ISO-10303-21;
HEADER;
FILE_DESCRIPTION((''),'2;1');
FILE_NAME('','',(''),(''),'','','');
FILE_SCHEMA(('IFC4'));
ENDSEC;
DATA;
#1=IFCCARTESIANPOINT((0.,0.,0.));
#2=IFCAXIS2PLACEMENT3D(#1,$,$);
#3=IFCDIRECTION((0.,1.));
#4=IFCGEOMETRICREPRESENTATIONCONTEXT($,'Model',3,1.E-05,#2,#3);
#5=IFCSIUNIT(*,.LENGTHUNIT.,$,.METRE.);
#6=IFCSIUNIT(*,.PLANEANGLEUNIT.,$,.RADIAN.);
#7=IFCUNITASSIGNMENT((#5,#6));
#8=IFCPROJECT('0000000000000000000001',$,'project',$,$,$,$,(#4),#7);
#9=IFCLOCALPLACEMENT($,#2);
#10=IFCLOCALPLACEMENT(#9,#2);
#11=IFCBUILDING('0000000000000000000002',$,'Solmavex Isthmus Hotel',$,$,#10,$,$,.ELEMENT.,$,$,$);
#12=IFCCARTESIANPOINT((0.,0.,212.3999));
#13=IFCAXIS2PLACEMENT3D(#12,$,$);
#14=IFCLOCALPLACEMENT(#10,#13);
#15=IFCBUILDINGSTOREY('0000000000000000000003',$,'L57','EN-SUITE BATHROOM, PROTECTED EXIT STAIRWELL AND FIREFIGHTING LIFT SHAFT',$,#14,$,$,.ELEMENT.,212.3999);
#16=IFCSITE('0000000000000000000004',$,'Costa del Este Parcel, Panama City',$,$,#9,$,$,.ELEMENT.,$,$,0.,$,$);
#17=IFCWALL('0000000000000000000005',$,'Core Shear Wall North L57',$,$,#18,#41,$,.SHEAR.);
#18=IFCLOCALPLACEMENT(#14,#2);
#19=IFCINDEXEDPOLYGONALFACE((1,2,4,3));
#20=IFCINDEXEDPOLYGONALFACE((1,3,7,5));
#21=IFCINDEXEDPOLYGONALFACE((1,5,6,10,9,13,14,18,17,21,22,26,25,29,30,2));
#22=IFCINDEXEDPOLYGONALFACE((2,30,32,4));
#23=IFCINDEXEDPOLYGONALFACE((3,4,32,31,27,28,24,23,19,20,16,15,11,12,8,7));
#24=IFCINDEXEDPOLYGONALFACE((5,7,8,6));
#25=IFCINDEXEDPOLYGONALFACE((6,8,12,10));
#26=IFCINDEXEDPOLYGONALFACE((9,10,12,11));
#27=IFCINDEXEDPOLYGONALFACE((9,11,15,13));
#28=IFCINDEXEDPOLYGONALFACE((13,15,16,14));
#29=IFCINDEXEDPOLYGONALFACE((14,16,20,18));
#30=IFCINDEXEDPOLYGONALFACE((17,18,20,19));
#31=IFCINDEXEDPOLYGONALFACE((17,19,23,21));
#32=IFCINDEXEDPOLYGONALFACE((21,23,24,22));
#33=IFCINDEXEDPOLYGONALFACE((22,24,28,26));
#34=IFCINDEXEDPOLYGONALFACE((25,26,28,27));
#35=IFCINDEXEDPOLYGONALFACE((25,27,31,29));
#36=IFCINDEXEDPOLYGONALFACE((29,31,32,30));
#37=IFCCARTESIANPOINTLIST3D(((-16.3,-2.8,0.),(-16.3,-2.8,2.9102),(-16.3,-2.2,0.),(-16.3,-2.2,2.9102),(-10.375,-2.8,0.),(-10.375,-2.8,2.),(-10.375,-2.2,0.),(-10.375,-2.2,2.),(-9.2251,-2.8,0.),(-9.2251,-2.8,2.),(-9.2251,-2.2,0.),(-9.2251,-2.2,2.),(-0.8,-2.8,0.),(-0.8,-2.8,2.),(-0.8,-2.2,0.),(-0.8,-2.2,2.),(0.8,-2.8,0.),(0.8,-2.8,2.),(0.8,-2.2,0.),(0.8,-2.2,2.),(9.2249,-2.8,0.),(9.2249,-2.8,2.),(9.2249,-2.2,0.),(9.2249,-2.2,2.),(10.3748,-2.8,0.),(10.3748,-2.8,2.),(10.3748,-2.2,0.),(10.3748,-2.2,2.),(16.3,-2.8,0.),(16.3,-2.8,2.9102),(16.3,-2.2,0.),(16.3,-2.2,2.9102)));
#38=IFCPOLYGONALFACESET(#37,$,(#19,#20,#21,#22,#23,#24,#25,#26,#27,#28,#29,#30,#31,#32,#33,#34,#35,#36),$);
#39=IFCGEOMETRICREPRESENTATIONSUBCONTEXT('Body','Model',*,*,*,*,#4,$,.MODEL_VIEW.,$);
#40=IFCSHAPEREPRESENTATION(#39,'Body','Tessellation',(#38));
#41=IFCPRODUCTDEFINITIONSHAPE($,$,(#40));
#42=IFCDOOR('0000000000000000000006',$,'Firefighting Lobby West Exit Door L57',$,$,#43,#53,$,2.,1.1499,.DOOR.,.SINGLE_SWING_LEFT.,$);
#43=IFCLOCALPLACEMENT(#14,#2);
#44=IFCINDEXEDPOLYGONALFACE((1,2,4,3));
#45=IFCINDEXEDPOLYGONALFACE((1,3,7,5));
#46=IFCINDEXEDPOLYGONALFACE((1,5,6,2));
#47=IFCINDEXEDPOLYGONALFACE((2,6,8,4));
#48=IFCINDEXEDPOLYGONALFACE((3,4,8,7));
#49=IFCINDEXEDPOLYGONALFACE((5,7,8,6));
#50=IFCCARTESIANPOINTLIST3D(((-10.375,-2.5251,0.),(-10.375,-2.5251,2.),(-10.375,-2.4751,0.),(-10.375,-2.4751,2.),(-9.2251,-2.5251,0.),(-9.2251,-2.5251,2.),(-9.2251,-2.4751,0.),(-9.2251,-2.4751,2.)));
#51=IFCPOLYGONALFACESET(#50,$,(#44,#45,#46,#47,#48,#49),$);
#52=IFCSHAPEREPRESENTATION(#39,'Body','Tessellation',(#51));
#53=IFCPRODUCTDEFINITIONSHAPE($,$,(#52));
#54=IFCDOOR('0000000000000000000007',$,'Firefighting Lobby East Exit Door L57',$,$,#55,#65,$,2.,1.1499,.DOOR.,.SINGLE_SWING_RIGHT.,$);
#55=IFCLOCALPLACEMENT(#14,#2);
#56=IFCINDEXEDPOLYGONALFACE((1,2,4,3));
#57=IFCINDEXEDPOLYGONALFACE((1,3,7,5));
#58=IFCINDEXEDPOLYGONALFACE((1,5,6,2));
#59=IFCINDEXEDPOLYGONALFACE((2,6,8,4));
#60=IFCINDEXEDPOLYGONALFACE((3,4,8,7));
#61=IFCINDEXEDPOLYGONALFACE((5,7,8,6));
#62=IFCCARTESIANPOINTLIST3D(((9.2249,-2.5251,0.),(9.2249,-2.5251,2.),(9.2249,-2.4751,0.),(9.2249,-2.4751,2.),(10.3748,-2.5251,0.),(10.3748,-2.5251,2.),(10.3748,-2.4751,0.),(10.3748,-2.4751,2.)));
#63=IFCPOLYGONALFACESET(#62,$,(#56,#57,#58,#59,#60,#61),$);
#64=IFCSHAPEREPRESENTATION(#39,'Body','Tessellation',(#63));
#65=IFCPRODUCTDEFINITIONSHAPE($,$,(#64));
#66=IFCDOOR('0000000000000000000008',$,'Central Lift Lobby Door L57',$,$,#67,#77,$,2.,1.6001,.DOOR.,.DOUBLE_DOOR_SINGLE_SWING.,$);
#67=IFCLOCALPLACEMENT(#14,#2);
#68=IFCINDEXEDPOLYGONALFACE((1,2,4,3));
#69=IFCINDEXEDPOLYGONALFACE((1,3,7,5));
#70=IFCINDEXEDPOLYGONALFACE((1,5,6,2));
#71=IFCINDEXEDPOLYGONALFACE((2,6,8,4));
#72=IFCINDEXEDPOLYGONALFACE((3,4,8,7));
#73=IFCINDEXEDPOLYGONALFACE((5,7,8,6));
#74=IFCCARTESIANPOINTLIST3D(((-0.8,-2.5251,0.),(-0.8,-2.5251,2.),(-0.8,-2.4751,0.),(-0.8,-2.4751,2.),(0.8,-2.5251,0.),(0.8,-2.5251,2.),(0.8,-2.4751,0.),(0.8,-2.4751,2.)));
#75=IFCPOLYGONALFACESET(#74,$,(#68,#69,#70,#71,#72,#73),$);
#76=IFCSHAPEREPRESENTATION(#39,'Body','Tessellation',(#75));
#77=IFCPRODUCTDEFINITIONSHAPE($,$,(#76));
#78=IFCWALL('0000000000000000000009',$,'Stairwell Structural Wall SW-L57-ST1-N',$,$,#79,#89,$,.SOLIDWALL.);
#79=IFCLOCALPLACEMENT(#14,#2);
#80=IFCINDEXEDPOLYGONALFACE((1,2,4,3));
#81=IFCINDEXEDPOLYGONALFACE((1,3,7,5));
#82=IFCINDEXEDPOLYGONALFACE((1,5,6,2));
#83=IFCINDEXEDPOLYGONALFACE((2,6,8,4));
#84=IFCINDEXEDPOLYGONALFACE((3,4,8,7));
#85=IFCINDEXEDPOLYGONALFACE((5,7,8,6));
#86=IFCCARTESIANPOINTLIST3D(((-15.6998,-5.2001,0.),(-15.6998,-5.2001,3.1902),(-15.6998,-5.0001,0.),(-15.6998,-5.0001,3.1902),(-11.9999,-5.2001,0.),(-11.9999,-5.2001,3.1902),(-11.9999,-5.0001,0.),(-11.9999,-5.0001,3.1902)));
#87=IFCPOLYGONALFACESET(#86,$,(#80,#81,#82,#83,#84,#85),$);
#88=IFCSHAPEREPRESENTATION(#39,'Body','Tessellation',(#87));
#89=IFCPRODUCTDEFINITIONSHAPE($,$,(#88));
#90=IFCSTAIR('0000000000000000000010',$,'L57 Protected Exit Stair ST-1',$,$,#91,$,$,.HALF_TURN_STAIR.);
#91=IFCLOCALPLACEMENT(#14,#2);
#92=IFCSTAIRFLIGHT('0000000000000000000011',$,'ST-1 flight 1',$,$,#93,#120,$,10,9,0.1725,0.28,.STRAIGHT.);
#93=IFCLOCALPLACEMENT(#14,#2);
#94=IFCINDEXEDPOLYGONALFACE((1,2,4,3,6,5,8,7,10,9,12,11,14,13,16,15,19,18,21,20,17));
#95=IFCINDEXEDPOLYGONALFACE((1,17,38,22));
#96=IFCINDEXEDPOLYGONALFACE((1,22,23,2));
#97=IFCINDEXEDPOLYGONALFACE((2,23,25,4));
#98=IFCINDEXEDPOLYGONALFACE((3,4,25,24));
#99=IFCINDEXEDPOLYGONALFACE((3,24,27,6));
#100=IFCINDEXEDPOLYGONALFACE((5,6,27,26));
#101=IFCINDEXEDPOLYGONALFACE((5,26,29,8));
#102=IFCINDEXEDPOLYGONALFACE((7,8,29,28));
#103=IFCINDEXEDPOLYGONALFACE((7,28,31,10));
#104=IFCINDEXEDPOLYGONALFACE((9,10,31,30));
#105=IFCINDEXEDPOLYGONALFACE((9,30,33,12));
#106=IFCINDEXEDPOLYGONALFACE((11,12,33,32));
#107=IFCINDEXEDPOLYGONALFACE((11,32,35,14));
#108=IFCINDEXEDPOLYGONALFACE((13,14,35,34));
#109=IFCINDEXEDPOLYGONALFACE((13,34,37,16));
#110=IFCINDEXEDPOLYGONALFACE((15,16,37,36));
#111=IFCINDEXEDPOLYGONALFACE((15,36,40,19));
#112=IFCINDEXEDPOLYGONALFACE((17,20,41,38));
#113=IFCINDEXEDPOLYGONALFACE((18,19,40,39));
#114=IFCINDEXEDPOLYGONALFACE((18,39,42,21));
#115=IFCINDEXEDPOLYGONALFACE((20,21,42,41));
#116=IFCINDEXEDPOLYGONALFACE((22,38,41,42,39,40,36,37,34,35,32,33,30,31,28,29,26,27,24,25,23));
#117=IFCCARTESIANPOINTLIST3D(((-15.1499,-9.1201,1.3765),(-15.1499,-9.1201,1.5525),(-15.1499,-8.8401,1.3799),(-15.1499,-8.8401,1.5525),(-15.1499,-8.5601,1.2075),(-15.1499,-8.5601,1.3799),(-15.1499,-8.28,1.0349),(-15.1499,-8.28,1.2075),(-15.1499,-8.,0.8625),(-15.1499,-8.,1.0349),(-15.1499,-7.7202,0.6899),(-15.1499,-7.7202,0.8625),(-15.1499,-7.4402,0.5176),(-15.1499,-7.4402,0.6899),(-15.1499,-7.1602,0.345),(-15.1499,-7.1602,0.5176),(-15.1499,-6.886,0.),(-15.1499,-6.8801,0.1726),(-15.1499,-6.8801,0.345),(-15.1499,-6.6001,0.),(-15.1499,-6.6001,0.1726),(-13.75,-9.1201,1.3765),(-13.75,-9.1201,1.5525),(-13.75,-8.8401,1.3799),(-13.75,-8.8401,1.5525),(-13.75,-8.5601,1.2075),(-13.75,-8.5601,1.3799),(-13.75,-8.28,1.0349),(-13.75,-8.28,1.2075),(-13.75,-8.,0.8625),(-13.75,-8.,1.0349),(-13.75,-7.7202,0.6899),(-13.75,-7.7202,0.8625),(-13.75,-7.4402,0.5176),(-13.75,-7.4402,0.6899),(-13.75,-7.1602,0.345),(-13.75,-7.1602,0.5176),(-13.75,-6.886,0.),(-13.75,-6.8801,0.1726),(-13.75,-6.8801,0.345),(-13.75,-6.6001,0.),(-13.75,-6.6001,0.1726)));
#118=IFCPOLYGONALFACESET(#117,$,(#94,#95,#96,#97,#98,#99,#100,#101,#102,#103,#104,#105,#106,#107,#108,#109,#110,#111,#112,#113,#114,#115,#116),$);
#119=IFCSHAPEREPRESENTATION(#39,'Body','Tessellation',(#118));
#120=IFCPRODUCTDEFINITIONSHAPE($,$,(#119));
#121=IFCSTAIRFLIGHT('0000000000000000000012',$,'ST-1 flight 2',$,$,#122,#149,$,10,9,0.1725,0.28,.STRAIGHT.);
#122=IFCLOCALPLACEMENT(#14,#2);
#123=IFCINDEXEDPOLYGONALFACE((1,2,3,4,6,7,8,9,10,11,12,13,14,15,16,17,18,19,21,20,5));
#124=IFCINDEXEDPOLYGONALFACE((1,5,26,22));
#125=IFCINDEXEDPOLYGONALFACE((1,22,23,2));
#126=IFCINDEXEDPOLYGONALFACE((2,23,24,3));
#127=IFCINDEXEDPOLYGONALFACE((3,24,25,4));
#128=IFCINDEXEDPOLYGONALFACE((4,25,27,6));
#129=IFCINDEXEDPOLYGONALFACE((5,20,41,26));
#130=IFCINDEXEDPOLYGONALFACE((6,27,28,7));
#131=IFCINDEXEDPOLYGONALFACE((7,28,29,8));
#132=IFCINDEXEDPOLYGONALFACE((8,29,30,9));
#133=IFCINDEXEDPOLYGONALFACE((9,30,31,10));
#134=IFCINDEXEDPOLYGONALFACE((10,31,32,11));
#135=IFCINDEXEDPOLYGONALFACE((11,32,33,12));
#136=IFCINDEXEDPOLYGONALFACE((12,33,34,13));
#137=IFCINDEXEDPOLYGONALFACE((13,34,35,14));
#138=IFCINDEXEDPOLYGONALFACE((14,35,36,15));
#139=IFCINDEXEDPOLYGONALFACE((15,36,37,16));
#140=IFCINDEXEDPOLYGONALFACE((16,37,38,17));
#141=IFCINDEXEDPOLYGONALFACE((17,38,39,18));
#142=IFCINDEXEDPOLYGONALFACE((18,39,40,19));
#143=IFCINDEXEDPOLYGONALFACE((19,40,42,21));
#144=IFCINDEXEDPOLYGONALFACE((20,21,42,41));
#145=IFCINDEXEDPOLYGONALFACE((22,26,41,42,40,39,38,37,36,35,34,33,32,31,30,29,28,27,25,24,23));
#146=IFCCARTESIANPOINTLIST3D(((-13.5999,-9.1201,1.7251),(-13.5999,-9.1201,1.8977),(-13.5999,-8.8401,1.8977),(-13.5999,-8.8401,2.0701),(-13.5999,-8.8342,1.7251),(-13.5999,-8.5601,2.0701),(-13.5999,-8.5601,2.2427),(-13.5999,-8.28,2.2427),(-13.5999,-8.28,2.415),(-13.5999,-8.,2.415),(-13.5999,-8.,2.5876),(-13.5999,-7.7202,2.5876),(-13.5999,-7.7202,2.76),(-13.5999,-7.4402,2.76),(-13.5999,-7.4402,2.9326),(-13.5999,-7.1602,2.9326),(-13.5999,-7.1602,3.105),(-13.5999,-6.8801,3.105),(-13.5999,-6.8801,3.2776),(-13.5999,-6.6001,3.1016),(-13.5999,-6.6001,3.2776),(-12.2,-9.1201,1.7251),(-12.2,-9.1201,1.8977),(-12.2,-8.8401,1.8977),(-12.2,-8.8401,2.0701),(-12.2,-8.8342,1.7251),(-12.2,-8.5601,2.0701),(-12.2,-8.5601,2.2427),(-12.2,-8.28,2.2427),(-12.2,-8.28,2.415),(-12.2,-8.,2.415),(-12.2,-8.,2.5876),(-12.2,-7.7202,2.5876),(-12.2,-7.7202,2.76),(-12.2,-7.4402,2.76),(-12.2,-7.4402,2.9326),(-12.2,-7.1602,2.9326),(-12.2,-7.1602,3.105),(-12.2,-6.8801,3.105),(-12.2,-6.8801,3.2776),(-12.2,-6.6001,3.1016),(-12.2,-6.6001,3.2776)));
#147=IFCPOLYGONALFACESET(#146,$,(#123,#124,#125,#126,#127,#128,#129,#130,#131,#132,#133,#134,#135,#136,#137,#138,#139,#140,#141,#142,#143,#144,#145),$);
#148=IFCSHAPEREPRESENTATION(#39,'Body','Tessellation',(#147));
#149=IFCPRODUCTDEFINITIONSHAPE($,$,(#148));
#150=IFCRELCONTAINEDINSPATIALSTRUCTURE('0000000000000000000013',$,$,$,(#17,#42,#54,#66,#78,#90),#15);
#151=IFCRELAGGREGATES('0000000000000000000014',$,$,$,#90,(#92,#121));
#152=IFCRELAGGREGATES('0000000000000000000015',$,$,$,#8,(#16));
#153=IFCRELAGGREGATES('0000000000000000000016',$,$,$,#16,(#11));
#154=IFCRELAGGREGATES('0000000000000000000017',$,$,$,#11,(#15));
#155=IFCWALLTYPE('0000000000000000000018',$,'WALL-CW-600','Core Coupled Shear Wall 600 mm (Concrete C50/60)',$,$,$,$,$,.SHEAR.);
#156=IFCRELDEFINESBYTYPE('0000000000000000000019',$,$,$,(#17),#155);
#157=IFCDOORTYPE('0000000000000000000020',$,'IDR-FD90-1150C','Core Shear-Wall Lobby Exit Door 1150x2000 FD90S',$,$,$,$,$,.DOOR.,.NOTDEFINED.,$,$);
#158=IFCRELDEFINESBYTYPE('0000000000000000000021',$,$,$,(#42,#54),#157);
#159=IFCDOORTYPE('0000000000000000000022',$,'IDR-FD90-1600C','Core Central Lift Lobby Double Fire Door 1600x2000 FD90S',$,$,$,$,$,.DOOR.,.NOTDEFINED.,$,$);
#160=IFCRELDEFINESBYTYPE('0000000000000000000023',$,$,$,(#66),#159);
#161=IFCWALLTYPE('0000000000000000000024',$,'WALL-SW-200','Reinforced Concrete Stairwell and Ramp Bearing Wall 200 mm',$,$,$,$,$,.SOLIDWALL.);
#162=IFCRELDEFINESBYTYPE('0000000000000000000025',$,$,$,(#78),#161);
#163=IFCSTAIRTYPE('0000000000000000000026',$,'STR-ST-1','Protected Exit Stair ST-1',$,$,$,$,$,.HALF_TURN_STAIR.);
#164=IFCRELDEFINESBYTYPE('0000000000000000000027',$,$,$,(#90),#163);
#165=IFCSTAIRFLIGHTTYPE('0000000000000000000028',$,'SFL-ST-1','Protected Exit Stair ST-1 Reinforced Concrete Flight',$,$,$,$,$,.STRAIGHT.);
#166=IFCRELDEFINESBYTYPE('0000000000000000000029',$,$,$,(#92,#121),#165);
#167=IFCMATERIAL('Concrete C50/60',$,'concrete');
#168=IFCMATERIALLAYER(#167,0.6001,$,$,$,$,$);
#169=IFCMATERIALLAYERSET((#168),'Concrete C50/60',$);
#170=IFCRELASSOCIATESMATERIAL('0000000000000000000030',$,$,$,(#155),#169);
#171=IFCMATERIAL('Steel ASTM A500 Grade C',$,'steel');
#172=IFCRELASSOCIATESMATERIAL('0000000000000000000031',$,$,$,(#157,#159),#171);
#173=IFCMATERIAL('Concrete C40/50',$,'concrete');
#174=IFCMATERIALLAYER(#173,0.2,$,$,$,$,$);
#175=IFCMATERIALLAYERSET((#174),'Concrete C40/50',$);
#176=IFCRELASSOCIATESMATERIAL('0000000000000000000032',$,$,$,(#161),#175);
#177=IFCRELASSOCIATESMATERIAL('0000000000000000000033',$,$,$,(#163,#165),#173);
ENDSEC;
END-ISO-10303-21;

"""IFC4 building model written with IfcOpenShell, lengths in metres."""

from ifc_helpers import new_model, si_unit, direction, frame, frame_2d, origin, place, context, subcontext, project, spatial, polyline, rectangle, outline, extrude, material, layer, layer_set, type_object, element, fill, aggregate, save


model = new_model("IFC4")

# Units and contexts
model_context = context("Model", 3, precision=1e-05, world=origin(), true_north=direction((0.0, 1.0)))
body_context = subcontext(model_context, "Body", "Model", "MODEL_VIEW")
ifc_project = project(units=[si_unit("LENGTHUNIT", "METRE"), si_unit("PLANEANGLEUNIT", "RADIAN")], contexts=[model_context])

# Site, building, storey
site_placement = place(None, origin())
site = spatial("IfcSite", under=ifc_project, at=site_placement, Name="Costa del Este Parcel, Panama City", CompositionType="ELEMENT", RefElevation=0.0)
building_placement = place(site_placement, origin())
building = spatial("IfcBuilding", under=site, at=building_placement, Name="Solmavex Isthmus Hotel", CompositionType="ELEMENT")
storey_placement = place(building_placement, frame((0.0, 0.0, 212.3999)))
storey = spatial("IfcBuildingStorey", under=building, at=storey_placement, Name="L57", Description="EN-SUITE BATHROOM, PROTECTED EXIT STAIRWELL AND FIREFIGHTING LIFT SHAFT", CompositionType="ELEMENT", Elevation=212.3999)

# Shared definitions
ifc_material_1 = material(Name="Concrete C50/60", Category="concrete")

# Wall, openings, doors
ifc_layer_1 = layer(ifc_material_1, 0.6001)
ifc_layer_set_1 = layer_set([ifc_layer_1], Name="Concrete C50/60")
wall_type_1 = type_object("IfcWallType", Name="WALL-CW-600", Description="Core Coupled Shear Wall 600 mm (Concrete C50/60)", PredefinedType="SHEAR", material=ifc_layer_set_1)
wall_1_placement = place(storey_placement, frame((-16.3, -2.5, 0.0), z_axis=(0.0, 0.0, 1.0), x_axis=(1.0, 0.0, 0.0)))
wall_1 = element("IfcWall", 1, at=wall_1_placement, inside=storey, type_object=wall_type_1, Name="Core Shear Wall North L57", PredefinedType="SHEAR", context=body_context, shape_type="SweptSolid", body=[
    extrude(rectangle(XDim=32.6001, YDim=0.6001, at=frame_2d((16.3, 0.0))), origin(), (0.0, 0.0, 1.0), 2.9102),
])
opening_1_placement = place(wall_1_placement, frame((5.925, 0.0, 0.0)))
opening_1 = element("IfcOpeningElement", 2, at=opening_1_placement, cuts=wall_1, PredefinedType="OPENING", context=body_context, shape_type="SweptSolid", body=[
    extrude(rectangle(XDim=1.1499, YDim=2.0, at=frame_2d((0.575, 1.0))), frame((0.0, 0.3101, 0.0), z_axis=(0.0, -1.0, 0.0), x_axis=(1.0, 0.0, 0.0)), (0.0, 0.0, 1.0), 0.6201),
])
opening_2_placement = place(wall_1_placement, frame((15.5, 0.0, 0.0)))
opening_2 = element("IfcOpeningElement", 3, at=opening_2_placement, cuts=wall_1, PredefinedType="OPENING", context=body_context, shape_type="SweptSolid", body=[
    extrude(rectangle(XDim=1.6001, YDim=2.0, at=frame_2d((0.8, 1.0))), frame((0.0, 0.3101, 0.0), z_axis=(0.0, -1.0, 0.0), x_axis=(1.0, 0.0, 0.0)), (0.0, 0.0, 1.0), 0.6201),
])
opening_3_placement = place(wall_1_placement, frame((25.5249, 0.0, 0.0)))
opening_3 = element("IfcOpeningElement", 4, at=opening_3_placement, cuts=wall_1, PredefinedType="OPENING", context=body_context, shape_type="SweptSolid", body=[
    extrude(rectangle(XDim=1.1499, YDim=2.0, at=frame_2d((0.575, 1.0))), frame((0.0, 0.3101, 0.0), z_axis=(0.0, -1.0, 0.0), x_axis=(1.0, 0.0, 0.0)), (0.0, 0.0, 1.0), 0.6201),
])
ifc_material_2 = material(Name="Steel ASTM A500 Grade C", Category="steel")
door_type_1 = type_object("IfcDoorType", Name="IDR-FD90-1150C", Description="Core Shear-Wall Lobby Exit Door 1150x2000 FD90S", OperationType="NOTDEFINED", PredefinedType="DOOR", material=ifc_material_2)
door_1_placement = place(opening_1_placement, origin())
door_1 = element("IfcDoor", 5, at=door_1_placement, inside=storey, type_object=door_type_1, Name="Firefighting Lobby West Exit Door L57", OperationType="SINGLE_SWING_LEFT", OverallHeight=2.0, OverallWidth=1.1499, PredefinedType="DOOR", context=body_context, shape_type="SweptSolid", body=[
    extrude(rectangle(XDim=1.1499, YDim=2.0, at=frame_2d((0.575, 1.0))), frame((0.0, 0.0249, 0.0), z_axis=(0.0, -1.0, 0.0), x_axis=(1.0, 0.0, 0.0)), (0.0, 0.0, 1.0), 0.05),
])
fill(opening_1, door_1)
door_2_placement = place(opening_3_placement, origin())
door_2 = element("IfcDoor", 6, at=door_2_placement, inside=storey, type_object=door_type_1, Name="Firefighting Lobby East Exit Door L57", OperationType="SINGLE_SWING_RIGHT", OverallHeight=2.0, OverallWidth=1.1499, PredefinedType="DOOR", context=body_context, shape_type="SweptSolid", body=[
    extrude(rectangle(XDim=1.1499, YDim=2.0, at=frame_2d((0.575, 1.0))), frame((0.0, 0.0249, 0.0), z_axis=(0.0, -1.0, 0.0), x_axis=(1.0, 0.0, 0.0)), (0.0, 0.0, 1.0), 0.05),
])
fill(opening_3, door_2)
door_type_2 = type_object("IfcDoorType", Name="IDR-FD90-1600C", Description="Core Central Lift Lobby Double Fire Door 1600x2000 FD90S", OperationType="NOTDEFINED", PredefinedType="DOOR", material=ifc_material_2)
door_3_placement = place(opening_2_placement, origin())
door_3 = element("IfcDoor", 7, at=door_3_placement, inside=storey, type_object=door_type_2, Name="Central Lift Lobby Door L57", OperationType="DOUBLE_DOOR_SINGLE_SWING", OverallHeight=2.0, OverallWidth=1.6001, PredefinedType="DOOR", context=body_context, shape_type="SweptSolid", body=[
    extrude(rectangle(XDim=1.6001, YDim=2.0, at=frame_2d((0.8, 1.0))), frame((0.0, 0.0249, 0.0), z_axis=(0.0, -1.0, 0.0), x_axis=(1.0, 0.0, 0.0)), (0.0, 0.0, 1.0), 0.05),
])
fill(opening_2, door_3)

# Wall
ifc_material_3 = material(Name="Concrete C40/50", Category="concrete")
ifc_layer_2 = layer(ifc_material_3, 0.2)
ifc_layer_set_2 = layer_set([ifc_layer_2], Name="Concrete C40/50")
wall_type_2 = type_object("IfcWallType", Name="WALL-SW-200", Description="Reinforced Concrete Stairwell and Ramp Bearing Wall 200 mm", PredefinedType="SOLIDWALL", material=ifc_layer_set_2)
wall_2_placement = place(storey_placement, frame((-15.7, -5.1001, 0.0), z_axis=(0.0, 0.0, 1.0), x_axis=(1.0, 0.0, 0.0)))
element("IfcWall", 8, at=wall_2_placement, inside=storey, type_object=wall_type_2, Name="Stairwell Structural Wall SW-L57-ST1-N", PredefinedType="SOLIDWALL", context=body_context, shape_type="SweptSolid", body=[
    extrude(rectangle(XDim=3.7, YDim=0.2, at=frame_2d((1.8501, 0.0))), origin(), (0.0, 0.0, 1.0), 3.1902),
])

# Stair, stair flights
stair_type = type_object("IfcStairType", Name="STR-ST-1", Description="Protected Exit Stair ST-1", PredefinedType="HALF_TURN_STAIR", material=ifc_material_3)
stair_placement = place(storey_placement, origin())
stair = element("IfcStair", 9, at=stair_placement, inside=storey, type_object=stair_type, Name="L57 Protected Exit Stair ST-1", PredefinedType="HALF_TURN_STAIR")
stair_flight_type = type_object("IfcStairFlightType", Name="SFL-ST-1", Description="Protected Exit Stair ST-1 Reinforced Concrete Flight", PredefinedType="STRAIGHT", material=ifc_material_3)
stair_flight_1_placement = place(storey_placement, frame((-14.45, -6.6001, 0.0), z_axis=(0.0, 0.0, 1.0), x_axis=(0.0, -1.0, 0.0)))
stair_flight_1 = element("IfcStairFlight", 10, at=stair_flight_1_placement, type_object=stair_flight_type, Name="ST-1 flight 1", NumberOfRisers=10, NumberOfTreads=9, PredefinedType="STRAIGHT", RiserHeight=0.1725, TreadLength=0.28, context=body_context, shape_type="SweptSolid", body=[
    extrude(outline(polyline([(0.0, 0.0), (0.0, 0.1726), (0.28, 0.1726), (0.28, 0.345), (0.5601, 0.345), (0.5601, 0.5176), (0.8401, 0.5176), (0.8401, 0.6899), (1.1201, 0.6899), (1.1201, 0.8625), (1.3999, 0.8625), (1.3999, 1.0349), (1.6799, 1.0349), (1.6799, 1.2075), (1.96, 1.2075), (1.96, 1.3799), (2.24, 1.3799), (2.24, 1.5525), (2.52, 1.5525), (2.52, 1.7251), (2.52, 1.3765), (0.2859, 0.0), (0.0, 0.0)])), frame((0.0, 0.7, 0.0), z_axis=(0.0, -1.0, 0.0), x_axis=(1.0, 0.0, 0.0)), (0.0, 0.0, 1.0), 1.3999),
])
stair_flight_2_placement = place(storey_placement, frame((-12.8999, -9.1201, 1.7251), z_axis=(0.0, 0.0, 1.0), x_axis=(0.0, 1.0, 0.0)))
stair_flight_2 = element("IfcStairFlight", 11, at=stair_flight_2_placement, type_object=stair_flight_type, Name="ST-1 flight 2", NumberOfRisers=10, NumberOfTreads=9, PredefinedType="STRAIGHT", RiserHeight=0.1725, TreadLength=0.28, context=body_context, shape_type="SweptSolid", body=[
    extrude(outline(polyline([(0.0, 0.0), (0.0, 0.1726), (0.28, 0.1726), (0.28, 0.345), (0.5601, 0.345), (0.5601, 0.5176), (0.8401, 0.5176), (0.8401, 0.6899), (1.1201, 0.6899), (1.1201, 0.8625), (1.3999, 0.8625), (1.3999, 1.0349), (1.6799, 1.0349), (1.6799, 1.2075), (1.96, 1.2075), (1.96, 1.3799), (2.24, 1.3799), (2.24, 1.5525), (2.52, 1.5525), (2.52, 1.7251), (2.52, 1.3765), (0.2859, 0.0), (0.0, 0.0)])), frame((0.0, 0.7, 0.0), z_axis=(0.0, -1.0, 0.0), x_axis=(1.0, 0.0, 0.0)), (0.0, 0.0, 1.0), 1.3999),
])
aggregate(stair, [stair_flight_1, stair_flight_2])

save(model, "model.ifc")
